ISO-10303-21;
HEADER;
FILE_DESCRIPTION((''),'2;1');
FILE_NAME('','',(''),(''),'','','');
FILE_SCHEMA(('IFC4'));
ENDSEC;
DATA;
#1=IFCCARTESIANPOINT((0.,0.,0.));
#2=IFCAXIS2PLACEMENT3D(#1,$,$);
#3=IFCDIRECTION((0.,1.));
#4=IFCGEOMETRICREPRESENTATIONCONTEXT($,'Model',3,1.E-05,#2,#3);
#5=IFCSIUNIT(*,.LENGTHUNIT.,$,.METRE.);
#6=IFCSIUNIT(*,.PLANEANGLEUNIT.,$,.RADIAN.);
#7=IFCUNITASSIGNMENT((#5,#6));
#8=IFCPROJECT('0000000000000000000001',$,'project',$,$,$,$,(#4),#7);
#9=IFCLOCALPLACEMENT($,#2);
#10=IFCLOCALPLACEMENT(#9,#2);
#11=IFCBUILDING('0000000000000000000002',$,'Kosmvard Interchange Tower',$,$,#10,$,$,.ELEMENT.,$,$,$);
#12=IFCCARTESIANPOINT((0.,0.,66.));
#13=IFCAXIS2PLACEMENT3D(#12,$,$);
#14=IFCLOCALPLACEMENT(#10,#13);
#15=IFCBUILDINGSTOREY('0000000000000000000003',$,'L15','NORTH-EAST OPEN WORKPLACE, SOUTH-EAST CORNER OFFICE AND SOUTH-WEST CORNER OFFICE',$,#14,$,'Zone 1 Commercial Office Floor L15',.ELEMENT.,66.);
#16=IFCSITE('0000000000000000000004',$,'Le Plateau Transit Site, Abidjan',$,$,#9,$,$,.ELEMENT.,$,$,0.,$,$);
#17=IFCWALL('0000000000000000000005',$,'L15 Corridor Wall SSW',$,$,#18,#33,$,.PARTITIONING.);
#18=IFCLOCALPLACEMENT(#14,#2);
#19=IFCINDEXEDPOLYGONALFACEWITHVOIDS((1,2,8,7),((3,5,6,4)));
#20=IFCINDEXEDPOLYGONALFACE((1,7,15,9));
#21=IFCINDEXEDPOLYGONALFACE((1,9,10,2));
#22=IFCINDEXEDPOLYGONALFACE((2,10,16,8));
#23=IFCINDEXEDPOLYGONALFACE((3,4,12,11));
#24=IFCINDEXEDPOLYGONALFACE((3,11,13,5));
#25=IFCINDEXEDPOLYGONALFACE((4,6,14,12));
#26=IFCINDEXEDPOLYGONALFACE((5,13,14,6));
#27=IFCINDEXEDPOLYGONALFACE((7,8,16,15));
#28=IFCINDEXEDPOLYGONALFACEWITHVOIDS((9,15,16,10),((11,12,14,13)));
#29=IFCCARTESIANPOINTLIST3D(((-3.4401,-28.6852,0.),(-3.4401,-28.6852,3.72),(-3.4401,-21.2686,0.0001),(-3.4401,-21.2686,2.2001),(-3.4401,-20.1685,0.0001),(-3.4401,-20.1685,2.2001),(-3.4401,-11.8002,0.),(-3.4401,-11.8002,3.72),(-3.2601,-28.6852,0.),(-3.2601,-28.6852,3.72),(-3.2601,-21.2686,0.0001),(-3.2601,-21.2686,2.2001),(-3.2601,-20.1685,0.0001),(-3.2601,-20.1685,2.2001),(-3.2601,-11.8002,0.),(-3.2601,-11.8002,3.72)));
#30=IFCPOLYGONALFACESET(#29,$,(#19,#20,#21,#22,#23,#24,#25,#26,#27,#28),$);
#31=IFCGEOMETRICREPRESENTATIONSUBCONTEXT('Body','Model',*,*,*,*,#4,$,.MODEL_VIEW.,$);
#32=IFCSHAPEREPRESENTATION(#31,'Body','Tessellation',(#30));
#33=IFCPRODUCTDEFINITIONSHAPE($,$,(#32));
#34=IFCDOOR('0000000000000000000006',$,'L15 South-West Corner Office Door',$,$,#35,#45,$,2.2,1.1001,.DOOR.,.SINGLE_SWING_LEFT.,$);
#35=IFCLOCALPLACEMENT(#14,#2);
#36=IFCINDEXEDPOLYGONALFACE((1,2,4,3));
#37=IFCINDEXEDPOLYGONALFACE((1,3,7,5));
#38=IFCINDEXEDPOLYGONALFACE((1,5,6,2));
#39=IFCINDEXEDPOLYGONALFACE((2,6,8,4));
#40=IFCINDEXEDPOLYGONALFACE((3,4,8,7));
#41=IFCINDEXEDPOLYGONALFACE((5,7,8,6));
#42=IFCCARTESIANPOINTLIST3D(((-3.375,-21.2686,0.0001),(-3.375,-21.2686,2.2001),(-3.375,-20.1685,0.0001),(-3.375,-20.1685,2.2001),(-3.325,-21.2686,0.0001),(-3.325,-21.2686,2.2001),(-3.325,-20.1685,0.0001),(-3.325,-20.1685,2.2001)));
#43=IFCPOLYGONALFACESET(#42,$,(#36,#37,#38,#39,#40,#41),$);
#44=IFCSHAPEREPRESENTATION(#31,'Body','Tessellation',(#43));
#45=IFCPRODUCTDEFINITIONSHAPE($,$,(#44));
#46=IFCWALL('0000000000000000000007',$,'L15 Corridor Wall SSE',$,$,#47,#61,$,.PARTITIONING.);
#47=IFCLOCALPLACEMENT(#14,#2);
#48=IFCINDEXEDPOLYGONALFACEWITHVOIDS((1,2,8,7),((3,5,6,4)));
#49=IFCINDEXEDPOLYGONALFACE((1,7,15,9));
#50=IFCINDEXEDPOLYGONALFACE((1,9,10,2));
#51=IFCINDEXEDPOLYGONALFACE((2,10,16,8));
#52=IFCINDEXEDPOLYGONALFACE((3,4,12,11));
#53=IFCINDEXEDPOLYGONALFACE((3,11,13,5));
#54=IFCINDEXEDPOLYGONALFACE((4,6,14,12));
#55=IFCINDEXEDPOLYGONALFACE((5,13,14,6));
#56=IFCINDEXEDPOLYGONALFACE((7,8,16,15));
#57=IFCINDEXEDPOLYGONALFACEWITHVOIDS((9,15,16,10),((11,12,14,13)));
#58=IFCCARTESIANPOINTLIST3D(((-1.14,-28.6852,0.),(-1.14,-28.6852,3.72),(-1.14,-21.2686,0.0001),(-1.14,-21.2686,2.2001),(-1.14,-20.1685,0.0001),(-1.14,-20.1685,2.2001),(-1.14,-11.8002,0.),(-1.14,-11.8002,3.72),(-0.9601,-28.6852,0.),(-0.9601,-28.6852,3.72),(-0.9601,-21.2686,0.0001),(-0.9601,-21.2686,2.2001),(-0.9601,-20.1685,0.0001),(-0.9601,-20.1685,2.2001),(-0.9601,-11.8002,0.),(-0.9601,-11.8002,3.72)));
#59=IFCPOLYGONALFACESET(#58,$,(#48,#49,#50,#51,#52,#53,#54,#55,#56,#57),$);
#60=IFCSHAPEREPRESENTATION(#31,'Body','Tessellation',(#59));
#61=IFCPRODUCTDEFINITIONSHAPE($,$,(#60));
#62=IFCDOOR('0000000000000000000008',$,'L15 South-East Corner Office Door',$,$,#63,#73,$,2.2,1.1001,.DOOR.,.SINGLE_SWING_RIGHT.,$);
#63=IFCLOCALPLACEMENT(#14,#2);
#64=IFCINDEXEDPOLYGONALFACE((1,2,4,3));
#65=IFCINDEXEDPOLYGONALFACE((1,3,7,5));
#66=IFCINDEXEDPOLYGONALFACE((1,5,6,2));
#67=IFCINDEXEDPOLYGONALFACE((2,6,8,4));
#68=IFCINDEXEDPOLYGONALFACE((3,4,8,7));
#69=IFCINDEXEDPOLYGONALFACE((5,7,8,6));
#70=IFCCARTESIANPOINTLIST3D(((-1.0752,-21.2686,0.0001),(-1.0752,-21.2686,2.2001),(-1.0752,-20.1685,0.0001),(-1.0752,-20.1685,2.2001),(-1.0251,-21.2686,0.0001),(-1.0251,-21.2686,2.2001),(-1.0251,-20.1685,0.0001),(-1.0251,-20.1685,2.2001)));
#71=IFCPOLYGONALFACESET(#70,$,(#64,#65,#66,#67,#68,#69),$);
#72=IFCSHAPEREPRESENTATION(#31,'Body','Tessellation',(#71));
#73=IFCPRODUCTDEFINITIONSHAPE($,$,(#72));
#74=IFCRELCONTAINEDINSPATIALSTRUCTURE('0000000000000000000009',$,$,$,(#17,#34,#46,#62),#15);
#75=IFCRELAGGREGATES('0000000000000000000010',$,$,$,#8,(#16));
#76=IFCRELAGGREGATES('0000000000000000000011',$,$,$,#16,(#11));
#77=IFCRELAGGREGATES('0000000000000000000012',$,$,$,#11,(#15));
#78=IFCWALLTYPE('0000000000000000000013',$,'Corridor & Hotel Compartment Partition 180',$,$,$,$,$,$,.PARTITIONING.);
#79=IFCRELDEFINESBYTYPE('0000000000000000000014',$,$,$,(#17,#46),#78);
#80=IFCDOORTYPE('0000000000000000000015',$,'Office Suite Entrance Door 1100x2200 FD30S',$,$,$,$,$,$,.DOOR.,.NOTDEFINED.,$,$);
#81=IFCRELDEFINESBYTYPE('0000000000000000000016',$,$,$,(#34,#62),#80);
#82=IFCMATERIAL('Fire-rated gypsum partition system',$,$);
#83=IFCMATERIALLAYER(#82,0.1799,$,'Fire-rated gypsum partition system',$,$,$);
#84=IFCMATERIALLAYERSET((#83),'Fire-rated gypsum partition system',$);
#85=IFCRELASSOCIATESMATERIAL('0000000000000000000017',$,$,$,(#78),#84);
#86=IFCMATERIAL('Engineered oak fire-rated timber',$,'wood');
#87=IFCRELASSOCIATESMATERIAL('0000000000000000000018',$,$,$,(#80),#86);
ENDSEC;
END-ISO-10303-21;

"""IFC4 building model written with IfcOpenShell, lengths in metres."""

from ifc_helpers import new_model, si_unit, direction, frame, frame_2d, origin, place, context, subcontext, project, spatial, rectangle, extrude, source, transform, mapped, material, layer, layer_set, type_object, element, fill, save


model = new_model("IFC4")

# Units and contexts
model_context = context("Model", 3, precision=1e-05, world=origin(), true_north=direction((0.0, 1.0)))
body_context = subcontext(model_context, "Body", "Model", "MODEL_VIEW")
ifc_project = project(units=[si_unit("LENGTHUNIT", "METRE"), si_unit("PLANEANGLEUNIT", "RADIAN")], contexts=[model_context])

# Site, building, storey
site_placement = place(None, origin())
site = spatial("IfcSite", under=ifc_project, at=site_placement, Name="Le Plateau Transit Site, Abidjan", CompositionType="ELEMENT", RefElevation=0.0)
building_placement = place(site_placement, origin())
building = spatial("IfcBuilding", under=site, at=building_placement, Name="Kosmvard Interchange Tower", CompositionType="ELEMENT")
storey_placement = place(building_placement, frame((0.0, 0.0, 66.0)))
storey = spatial("IfcBuildingStorey", under=building, at=storey_placement, Name="L15", Description="NORTH-EAST OPEN WORKPLACE, SOUTH-EAST CORNER OFFICE AND SOUTH-WEST CORNER OFFICE", LongName="Zone 1 Commercial Office Floor L15", CompositionType="ELEMENT", Elevation=66.0)

# Walls, openings, doors
ifc_material_1 = material(Name="Fire-rated gypsum partition system")
ifc_layer_1 = layer(ifc_material_1, 0.1799, Name="Fire-rated gypsum partition system")
ifc_layer_set_1 = layer_set([ifc_layer_1], Name="Fire-rated gypsum partition system")
wall_type_1 = type_object("IfcWallType", Name="Corridor & Hotel Compartment Partition 180", PredefinedType="PARTITIONING", material=ifc_layer_set_1)
wall_1_placement = place(storey_placement, frame((-3.3501, -28.6851, 0.0), z_axis=(0.0, 0.0, 1.0), x_axis=(0.0, 1.0, 0.0)))
wall_1 = element("IfcWall", 1, at=wall_1_placement, inside=storey, type_object=wall_type_1, Name="L15 Corridor Wall SSW", PredefinedType="PARTITIONING", context=body_context, shape_type="SweptSolid", body=[
    extrude(rectangle(XDim=16.885, YDim=0.1799, at=frame_2d((8.4424, 0.0))), origin(), (0.0, 0.0, 1.0), 3.72),
])
opening_1_placement = place(wall_1_placement, frame((7.4165, 0.0, 0.0)))
opening_1 = element("IfcOpeningElement", 2, at=opening_1_placement, cuts=wall_1, PredefinedType="OPENING", context=body_context, shape_type="SweptSolid", body=[
    extrude(rectangle(XDim=1.1001, YDim=2.2, at=frame_2d((0.55, 1.1001))), frame((0.0, 0.1001, 0.0), z_axis=(0.0, -1.0, 0.0), x_axis=(1.0, 0.0, 0.0)), (0.0, 0.0, 1.0), 0.2),
])
ifc_material_2 = material(Name="Engineered oak fire-rated timber", Category="wood")
door_type_1 = type_object("IfcDoorType", Name="Office Suite Entrance Door 1100x2200 FD30S", OperationType="NOTDEFINED", PredefinedType="DOOR", material=ifc_material_2)
shared_shape_1 = source(origin(), body_context, "Body", "SweptSolid", [
    extrude(rectangle(XDim=1.1001, YDim=2.2, at=frame_2d((0.55, 1.1001))), frame((0.0, 0.0249, 0.0), z_axis=(0.0, -1.0, 0.0), x_axis=(1.0, 0.0, 0.0)), (0.0, 0.0, 1.0), 0.05),
])
door_1_placement = place(opening_1_placement, origin())
door_1 = element("IfcDoor", 3, at=door_1_placement, inside=storey, type_object=door_type_1, Name="L15 South-West Corner Office Door", OperationType="SINGLE_SWING_LEFT", OverallHeight=2.2, OverallWidth=1.1001, PredefinedType="DOOR", context=body_context, shape_type="MappedRepresentation", body=[
    mapped(shared_shape_1, transform((0.0, 0.0, 0.0), scale=1.0)),
])
fill(opening_1, door_1)
wall_2_placement = place(storey_placement, frame((-1.05, -28.6851, 0.0), z_axis=(0.0, 0.0, 1.0), x_axis=(0.0, 1.0, 0.0)))
wall_2 = element("IfcWall", 4, at=wall_2_placement, inside=storey, type_object=wall_type_1, Name="L15 Corridor Wall SSE", PredefinedType="PARTITIONING", context=body_context, shape_type="SweptSolid", body=[
    extrude(rectangle(XDim=16.885, YDim=0.1799, at=frame_2d((8.4424, 0.0))), origin(), (0.0, 0.0, 1.0), 3.72),
])
opening_2_placement = place(wall_2_placement, frame((7.4165, 0.0, 0.0)))
opening_2 = element("IfcOpeningElement", 5, at=opening_2_placement, cuts=wall_2, PredefinedType="OPENING", context=body_context, shape_type="SweptSolid", body=[
    extrude(rectangle(XDim=1.1001, YDim=2.2, at=frame_2d((0.55, 1.1001))), frame((0.0, 0.1001, 0.0), z_axis=(0.0, -1.0, 0.0), x_axis=(1.0, 0.0, 0.0)), (0.0, 0.0, 1.0), 0.2),
])
door_2_placement = place(opening_2_placement, frame((1.1001, 0.0, 0.0), z_axis=(0.0, 0.0, 1.0), x_axis=(-1.0, 0.0, 0.0)))
door_2 = element("IfcDoor", 6, at=door_2_placement, inside=storey, type_object=door_type_1, Name="L15 South-East Corner Office Door", OperationType="SINGLE_SWING_RIGHT", OverallHeight=2.2, OverallWidth=1.1001, PredefinedType="DOOR", context=body_context, shape_type="MappedRepresentation", body=[
    mapped(shared_shape_1, transform((0.0, 0.0, 0.0), scale=1.0)),
])
fill(opening_2, door_2)

save(model, "model.ifc")
